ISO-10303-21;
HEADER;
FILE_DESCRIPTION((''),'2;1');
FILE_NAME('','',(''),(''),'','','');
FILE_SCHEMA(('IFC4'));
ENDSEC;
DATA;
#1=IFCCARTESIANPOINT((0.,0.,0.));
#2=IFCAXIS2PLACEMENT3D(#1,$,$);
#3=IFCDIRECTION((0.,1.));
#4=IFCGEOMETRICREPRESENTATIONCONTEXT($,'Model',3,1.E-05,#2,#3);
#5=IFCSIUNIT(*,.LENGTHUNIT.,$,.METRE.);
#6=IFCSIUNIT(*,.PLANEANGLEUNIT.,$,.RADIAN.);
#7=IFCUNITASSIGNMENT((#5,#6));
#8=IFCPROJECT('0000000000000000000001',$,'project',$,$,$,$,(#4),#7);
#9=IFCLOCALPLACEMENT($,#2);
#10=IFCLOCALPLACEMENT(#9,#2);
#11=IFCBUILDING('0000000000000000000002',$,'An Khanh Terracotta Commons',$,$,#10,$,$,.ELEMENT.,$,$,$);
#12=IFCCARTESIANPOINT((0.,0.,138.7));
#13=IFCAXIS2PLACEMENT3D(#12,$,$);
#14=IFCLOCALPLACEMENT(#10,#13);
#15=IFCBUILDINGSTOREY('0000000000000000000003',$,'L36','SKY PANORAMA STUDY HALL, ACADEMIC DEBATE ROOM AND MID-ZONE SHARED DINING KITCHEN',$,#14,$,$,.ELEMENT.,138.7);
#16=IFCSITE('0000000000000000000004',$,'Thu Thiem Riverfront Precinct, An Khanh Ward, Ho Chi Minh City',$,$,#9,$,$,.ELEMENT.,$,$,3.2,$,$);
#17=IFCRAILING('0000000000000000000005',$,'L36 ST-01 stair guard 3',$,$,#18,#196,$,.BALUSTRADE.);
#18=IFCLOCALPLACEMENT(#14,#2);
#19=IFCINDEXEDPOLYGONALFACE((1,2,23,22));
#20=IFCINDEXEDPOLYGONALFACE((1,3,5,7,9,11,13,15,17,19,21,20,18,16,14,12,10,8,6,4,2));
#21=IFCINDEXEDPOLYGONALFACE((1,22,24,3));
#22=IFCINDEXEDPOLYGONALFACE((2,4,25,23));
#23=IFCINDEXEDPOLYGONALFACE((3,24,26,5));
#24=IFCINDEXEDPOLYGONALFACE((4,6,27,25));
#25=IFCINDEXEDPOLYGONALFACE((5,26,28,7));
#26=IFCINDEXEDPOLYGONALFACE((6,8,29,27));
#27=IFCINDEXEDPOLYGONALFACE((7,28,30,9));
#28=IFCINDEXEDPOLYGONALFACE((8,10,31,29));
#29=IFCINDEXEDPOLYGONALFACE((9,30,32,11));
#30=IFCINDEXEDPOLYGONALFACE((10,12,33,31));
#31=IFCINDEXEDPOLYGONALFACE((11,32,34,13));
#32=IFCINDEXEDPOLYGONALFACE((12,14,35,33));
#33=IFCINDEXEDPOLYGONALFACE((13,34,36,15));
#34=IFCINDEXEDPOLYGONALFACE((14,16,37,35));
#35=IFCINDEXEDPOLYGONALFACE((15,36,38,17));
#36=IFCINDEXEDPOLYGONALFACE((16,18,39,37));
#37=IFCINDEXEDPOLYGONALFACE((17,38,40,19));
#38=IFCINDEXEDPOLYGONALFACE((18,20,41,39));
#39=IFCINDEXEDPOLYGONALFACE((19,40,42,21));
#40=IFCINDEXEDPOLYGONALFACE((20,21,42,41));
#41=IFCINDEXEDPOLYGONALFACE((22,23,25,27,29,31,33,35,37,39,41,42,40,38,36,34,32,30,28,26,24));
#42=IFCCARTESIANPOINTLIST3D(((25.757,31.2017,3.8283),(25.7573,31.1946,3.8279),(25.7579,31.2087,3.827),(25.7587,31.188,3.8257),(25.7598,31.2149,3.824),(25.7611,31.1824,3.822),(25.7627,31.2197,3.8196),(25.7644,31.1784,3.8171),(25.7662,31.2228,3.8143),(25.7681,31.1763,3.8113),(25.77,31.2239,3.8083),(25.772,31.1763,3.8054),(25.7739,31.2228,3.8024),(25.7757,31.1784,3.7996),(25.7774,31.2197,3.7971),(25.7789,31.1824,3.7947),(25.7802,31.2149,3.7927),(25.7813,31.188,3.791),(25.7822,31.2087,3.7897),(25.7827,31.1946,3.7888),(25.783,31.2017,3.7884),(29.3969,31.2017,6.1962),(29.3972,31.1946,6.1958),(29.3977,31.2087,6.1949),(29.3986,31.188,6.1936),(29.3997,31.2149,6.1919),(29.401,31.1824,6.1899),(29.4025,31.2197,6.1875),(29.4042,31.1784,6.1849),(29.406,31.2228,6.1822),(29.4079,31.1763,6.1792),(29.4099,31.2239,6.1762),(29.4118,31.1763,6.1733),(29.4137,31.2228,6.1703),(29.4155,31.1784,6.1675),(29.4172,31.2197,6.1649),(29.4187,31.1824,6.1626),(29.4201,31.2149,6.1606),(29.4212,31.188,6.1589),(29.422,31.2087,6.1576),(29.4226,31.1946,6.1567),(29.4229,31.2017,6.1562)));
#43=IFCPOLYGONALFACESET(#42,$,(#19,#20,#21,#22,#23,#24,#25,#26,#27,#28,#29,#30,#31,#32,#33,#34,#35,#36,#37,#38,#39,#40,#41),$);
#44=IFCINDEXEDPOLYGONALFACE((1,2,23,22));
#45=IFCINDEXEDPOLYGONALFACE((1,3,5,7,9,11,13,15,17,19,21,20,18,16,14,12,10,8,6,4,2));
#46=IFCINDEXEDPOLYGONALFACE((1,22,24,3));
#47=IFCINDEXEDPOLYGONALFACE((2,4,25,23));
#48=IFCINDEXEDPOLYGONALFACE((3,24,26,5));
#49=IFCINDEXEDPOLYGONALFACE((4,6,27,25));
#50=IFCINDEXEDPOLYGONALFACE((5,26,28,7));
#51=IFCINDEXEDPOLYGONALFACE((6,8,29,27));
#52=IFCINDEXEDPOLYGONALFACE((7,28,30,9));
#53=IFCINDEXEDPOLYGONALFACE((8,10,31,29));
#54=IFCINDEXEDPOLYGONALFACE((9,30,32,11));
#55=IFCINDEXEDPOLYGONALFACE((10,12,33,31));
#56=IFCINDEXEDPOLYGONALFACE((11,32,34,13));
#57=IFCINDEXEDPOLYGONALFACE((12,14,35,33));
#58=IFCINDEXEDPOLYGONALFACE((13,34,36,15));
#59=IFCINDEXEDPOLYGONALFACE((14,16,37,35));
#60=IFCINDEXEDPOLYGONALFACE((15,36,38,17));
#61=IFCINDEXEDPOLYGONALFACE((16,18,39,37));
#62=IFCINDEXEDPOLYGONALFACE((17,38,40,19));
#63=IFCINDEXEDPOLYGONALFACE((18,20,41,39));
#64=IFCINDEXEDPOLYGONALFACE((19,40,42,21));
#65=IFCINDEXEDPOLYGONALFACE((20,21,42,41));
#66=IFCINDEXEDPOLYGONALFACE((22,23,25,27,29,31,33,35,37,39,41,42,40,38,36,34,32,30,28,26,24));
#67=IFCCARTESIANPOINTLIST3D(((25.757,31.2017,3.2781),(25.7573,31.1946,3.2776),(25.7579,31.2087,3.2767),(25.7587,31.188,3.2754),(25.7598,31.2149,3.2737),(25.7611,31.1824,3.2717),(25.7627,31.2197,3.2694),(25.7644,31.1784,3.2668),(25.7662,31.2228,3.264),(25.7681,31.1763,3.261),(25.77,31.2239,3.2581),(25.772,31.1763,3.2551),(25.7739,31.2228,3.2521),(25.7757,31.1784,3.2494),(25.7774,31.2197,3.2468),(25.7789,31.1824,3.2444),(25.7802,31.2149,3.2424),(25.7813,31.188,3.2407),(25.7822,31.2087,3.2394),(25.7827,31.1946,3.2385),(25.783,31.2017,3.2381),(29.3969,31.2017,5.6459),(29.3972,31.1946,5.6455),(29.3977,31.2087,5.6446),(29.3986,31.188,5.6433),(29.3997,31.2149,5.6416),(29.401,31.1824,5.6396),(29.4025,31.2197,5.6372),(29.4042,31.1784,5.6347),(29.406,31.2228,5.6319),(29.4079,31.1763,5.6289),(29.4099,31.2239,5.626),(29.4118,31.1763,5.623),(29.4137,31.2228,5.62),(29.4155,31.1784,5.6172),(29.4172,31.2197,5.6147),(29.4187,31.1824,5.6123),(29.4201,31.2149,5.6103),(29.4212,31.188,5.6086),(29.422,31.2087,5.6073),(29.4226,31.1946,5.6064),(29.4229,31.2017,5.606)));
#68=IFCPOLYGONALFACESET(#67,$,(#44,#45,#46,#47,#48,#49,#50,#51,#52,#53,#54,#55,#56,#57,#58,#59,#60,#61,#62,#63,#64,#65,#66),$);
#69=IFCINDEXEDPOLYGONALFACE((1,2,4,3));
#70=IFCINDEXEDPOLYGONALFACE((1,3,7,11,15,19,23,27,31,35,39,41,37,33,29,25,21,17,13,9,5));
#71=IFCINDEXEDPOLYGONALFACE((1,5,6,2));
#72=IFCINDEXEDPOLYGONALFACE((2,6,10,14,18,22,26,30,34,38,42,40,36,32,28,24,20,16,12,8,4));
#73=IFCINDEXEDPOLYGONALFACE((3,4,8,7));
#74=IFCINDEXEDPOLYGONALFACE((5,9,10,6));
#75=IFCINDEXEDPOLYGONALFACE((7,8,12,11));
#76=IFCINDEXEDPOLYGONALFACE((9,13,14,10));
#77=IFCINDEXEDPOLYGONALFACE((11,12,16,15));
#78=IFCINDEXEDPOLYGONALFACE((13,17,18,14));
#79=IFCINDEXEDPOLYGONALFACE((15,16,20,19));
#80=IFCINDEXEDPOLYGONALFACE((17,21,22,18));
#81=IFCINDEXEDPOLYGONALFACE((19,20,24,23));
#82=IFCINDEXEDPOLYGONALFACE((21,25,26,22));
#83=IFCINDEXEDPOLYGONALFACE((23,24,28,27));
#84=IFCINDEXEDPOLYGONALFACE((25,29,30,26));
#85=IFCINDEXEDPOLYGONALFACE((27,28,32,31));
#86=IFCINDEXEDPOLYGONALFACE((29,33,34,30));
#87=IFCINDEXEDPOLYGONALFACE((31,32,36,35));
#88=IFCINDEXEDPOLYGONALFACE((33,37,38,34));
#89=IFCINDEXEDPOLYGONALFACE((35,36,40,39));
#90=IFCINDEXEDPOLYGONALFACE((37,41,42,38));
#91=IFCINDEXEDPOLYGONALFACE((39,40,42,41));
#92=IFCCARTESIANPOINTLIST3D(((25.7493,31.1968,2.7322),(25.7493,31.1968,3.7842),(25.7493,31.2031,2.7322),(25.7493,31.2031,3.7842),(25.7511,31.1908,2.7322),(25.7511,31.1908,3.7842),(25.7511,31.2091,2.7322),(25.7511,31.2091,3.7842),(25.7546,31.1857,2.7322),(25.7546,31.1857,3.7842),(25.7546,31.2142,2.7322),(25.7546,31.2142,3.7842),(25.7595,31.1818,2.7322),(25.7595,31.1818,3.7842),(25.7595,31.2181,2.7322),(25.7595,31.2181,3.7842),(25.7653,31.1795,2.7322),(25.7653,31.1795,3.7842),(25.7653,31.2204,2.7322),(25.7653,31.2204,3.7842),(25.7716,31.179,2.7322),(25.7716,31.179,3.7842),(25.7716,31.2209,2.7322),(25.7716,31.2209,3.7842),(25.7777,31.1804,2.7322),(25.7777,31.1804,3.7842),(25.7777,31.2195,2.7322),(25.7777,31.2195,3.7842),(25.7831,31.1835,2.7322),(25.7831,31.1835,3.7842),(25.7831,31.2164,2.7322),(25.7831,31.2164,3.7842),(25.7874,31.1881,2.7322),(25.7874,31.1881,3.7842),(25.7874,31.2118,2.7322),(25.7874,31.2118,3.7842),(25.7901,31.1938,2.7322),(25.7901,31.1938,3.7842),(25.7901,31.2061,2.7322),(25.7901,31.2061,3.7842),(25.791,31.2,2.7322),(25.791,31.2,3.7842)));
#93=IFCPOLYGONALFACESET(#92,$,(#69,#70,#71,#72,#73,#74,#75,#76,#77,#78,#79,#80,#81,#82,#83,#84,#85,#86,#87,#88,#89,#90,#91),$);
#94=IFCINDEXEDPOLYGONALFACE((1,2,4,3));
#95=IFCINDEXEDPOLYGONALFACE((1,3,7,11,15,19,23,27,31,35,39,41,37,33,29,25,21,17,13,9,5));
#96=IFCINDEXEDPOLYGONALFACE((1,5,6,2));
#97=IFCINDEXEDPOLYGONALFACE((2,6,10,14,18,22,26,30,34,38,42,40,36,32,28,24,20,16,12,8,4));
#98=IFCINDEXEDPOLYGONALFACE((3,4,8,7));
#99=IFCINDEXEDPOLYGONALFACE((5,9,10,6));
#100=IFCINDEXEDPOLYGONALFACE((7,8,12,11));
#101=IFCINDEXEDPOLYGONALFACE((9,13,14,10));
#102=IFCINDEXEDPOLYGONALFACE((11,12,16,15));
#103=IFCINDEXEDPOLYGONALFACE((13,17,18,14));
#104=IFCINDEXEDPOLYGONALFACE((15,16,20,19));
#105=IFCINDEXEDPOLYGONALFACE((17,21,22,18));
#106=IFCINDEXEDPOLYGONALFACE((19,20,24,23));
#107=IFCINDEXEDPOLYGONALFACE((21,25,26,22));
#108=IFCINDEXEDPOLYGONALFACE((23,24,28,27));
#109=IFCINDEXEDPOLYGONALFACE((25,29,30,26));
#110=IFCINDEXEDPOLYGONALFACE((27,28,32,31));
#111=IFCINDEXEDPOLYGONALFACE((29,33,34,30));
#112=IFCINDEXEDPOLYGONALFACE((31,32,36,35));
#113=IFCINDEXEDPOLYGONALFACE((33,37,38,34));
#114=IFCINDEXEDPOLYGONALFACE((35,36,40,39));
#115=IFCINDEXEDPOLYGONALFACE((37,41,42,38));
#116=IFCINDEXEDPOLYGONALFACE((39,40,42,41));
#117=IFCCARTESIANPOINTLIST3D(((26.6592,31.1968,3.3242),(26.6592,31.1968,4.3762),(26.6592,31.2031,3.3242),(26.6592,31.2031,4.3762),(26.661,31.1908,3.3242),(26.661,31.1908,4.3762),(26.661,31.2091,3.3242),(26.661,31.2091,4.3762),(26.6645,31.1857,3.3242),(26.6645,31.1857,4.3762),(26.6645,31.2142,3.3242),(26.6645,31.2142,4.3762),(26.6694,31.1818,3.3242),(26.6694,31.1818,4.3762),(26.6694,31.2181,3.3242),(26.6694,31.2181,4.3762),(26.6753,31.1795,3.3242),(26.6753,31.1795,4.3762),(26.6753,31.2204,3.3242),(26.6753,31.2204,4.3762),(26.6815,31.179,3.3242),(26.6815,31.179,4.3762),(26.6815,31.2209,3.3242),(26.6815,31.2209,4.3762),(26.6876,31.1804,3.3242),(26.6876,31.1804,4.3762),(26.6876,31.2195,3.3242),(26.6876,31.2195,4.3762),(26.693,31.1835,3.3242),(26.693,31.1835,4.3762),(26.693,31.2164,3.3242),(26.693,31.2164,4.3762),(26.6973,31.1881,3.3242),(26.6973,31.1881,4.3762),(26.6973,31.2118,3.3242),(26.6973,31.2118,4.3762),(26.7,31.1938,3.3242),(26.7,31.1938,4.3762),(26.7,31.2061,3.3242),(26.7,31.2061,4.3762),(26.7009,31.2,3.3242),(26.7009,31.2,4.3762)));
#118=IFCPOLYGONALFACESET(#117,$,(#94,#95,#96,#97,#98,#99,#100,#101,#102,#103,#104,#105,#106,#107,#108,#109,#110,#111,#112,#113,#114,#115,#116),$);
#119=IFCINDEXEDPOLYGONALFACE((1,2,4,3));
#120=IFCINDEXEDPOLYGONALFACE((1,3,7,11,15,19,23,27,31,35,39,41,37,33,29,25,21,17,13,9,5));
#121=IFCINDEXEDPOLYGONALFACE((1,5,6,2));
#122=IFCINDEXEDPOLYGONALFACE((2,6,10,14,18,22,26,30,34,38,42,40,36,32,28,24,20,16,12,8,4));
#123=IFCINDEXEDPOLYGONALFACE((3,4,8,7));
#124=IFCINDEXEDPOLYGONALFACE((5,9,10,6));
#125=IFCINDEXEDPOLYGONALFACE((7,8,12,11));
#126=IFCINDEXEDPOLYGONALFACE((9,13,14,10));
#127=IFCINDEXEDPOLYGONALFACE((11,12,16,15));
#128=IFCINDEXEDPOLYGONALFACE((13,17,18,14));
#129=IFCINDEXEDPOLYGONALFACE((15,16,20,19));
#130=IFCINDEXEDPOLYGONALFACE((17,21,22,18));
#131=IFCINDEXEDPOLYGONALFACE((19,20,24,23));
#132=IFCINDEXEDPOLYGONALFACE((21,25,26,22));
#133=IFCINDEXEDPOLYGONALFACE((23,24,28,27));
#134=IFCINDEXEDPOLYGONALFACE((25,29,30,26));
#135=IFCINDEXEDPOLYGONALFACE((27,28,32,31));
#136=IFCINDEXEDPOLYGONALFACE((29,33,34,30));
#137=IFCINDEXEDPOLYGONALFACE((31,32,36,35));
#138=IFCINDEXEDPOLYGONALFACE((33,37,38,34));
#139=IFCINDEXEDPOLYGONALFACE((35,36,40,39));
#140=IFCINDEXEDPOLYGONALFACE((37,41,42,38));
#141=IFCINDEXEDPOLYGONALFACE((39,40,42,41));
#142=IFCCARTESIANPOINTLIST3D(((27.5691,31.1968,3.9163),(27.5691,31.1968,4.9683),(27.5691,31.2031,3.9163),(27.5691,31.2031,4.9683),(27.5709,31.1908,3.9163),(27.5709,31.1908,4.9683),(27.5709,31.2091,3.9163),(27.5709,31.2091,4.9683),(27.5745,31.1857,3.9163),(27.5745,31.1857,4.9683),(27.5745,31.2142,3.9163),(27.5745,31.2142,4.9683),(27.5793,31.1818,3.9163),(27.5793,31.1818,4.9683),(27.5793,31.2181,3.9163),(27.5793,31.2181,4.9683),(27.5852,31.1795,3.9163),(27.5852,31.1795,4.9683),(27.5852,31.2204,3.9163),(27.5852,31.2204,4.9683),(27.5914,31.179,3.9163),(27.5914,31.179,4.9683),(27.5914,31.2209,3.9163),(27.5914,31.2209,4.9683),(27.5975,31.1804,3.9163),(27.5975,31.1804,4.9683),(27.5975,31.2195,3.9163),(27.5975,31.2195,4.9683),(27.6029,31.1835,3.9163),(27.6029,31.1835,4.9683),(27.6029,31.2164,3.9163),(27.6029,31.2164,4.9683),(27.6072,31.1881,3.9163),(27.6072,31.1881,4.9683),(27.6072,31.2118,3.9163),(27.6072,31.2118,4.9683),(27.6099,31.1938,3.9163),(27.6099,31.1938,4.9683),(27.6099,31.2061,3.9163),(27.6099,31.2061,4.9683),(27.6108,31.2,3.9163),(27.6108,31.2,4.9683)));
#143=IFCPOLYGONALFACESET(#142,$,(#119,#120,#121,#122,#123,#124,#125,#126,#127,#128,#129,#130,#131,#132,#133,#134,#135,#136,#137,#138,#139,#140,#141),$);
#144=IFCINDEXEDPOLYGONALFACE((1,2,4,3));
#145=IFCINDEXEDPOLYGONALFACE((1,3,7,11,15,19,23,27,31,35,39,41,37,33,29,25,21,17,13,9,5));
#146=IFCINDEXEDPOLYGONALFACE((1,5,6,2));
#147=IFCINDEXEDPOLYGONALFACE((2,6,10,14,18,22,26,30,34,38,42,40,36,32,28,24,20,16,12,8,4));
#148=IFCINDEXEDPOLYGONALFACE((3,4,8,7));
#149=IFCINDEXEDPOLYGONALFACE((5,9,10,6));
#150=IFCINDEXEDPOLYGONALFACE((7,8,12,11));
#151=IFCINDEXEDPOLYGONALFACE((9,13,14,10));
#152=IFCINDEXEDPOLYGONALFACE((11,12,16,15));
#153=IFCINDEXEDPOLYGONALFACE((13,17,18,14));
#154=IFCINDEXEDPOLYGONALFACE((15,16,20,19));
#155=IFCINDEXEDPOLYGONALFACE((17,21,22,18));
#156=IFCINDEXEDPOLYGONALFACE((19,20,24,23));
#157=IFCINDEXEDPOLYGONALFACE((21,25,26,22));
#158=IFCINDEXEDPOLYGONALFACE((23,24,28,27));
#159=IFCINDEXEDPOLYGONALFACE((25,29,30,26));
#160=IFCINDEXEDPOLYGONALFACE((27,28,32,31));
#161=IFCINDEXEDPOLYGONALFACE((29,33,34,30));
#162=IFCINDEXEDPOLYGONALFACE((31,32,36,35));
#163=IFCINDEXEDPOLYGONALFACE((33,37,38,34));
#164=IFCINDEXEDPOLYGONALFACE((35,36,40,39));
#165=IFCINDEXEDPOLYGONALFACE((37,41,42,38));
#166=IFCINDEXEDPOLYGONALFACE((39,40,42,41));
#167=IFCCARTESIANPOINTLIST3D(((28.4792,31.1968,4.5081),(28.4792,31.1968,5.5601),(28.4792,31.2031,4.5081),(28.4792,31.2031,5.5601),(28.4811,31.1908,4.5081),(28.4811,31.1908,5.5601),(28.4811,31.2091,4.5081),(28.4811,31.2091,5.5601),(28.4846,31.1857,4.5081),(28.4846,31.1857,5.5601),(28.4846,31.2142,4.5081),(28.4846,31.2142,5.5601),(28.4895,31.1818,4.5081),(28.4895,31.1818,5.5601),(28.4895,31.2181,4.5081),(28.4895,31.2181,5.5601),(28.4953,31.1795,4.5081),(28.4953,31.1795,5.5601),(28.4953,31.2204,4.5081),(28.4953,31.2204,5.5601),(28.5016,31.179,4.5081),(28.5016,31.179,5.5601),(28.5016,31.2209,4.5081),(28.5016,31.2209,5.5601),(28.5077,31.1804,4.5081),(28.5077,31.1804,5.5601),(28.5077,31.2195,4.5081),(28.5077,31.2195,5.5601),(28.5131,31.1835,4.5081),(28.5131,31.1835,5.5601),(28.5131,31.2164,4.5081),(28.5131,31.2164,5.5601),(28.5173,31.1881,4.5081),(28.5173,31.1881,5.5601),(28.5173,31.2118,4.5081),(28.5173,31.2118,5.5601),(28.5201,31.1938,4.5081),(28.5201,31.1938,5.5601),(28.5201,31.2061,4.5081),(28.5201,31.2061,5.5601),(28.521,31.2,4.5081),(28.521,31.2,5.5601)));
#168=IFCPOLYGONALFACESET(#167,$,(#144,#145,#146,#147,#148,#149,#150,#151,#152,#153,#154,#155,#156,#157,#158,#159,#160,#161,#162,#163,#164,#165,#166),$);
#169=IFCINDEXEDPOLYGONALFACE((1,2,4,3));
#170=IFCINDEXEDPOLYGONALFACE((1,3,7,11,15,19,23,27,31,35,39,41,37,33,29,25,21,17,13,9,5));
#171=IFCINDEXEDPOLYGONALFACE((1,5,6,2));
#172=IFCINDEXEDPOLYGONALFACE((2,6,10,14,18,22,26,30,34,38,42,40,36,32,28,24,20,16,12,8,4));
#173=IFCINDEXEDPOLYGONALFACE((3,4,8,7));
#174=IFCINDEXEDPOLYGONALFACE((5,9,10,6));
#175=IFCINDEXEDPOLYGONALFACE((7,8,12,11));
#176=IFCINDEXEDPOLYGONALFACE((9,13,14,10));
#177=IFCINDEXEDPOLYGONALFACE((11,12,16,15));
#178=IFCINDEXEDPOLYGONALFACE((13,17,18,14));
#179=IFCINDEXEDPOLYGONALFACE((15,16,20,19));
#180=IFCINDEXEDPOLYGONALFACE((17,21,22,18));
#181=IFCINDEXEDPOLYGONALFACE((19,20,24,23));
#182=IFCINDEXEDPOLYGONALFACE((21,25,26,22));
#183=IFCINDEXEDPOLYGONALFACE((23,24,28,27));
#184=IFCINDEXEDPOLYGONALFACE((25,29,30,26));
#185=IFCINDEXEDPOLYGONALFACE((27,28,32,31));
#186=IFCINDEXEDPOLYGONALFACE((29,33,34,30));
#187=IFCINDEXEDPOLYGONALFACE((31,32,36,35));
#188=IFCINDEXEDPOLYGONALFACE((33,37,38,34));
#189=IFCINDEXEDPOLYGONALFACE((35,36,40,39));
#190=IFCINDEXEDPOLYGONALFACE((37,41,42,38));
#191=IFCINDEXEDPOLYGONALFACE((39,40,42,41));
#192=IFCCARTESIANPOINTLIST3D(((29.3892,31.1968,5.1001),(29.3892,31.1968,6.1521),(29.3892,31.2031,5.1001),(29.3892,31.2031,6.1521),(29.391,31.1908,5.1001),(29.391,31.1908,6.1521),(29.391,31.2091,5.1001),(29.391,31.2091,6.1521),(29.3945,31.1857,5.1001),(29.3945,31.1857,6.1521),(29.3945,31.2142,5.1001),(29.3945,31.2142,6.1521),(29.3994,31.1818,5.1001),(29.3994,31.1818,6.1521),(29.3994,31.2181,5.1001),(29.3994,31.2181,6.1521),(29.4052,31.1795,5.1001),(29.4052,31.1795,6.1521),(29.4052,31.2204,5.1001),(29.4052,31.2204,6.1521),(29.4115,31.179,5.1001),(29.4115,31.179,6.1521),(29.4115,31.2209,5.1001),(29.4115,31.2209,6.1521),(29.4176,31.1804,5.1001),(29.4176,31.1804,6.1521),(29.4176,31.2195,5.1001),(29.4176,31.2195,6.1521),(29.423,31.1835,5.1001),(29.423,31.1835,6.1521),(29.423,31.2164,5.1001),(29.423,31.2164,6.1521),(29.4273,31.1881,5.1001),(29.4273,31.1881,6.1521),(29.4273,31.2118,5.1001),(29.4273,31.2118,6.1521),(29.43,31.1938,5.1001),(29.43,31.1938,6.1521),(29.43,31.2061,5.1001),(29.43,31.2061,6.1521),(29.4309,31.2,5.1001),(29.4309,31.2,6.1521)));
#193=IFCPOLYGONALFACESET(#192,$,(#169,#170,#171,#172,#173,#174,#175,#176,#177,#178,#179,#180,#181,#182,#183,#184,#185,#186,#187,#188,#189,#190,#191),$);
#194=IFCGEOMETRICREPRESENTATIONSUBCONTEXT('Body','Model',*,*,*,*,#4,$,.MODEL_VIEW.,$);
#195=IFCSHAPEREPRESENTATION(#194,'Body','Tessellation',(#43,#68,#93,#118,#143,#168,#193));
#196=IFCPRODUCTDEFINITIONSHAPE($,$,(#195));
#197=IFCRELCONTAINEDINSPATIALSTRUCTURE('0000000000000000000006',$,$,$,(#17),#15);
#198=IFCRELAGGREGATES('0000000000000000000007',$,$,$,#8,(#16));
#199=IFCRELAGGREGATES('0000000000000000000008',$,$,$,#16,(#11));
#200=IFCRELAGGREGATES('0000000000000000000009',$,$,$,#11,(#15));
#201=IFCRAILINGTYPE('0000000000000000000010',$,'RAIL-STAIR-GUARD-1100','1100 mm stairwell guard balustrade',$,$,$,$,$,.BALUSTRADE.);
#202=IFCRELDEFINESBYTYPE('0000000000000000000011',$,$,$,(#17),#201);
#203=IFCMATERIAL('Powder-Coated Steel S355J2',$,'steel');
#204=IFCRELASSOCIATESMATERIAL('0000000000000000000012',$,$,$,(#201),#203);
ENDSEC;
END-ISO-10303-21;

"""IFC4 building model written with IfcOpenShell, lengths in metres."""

from ifc_helpers import new_model, si_unit, direction, frame, origin, origin_2d, place, context, subcontext, project, spatial, circle, extrude, material, type_object, element, save


model = new_model("IFC4")

# Units and contexts
model_context = context("Model", 3, precision=1e-05, world=origin(), true_north=direction((0.0, 1.0)))
body_context = subcontext(model_context, "Body", "Model", "MODEL_VIEW")
ifc_project = project(units=[si_unit("LENGTHUNIT", "METRE"), si_unit("PLANEANGLEUNIT", "RADIAN")], contexts=[model_context])

# Site, building, storey
site_placement = place(None, origin())
site = spatial("IfcSite", under=ifc_project, at=site_placement, Name="Thu Thiem Riverfront Precinct, An Khanh Ward, Ho Chi Minh City", CompositionType="ELEMENT", RefElevation=3.2)
building_placement = place(site_placement, origin())
building = spatial("IfcBuilding", under=site, at=building_placement, Name="An Khanh Terracotta Commons", CompositionType="ELEMENT")
storey_placement = place(building_placement, frame((0.0, 0.0, 138.7)))
storey = spatial("IfcBuildingStorey", under=building, at=storey_placement, Name="L36", Description="SKY PANORAMA STUDY HALL, ACADEMIC DEBATE ROOM AND MID-ZONE SHARED DINING KITCHEN", CompositionType="ELEMENT", Elevation=138.7)

# Railing
ifc_material_1 = material(Name="Powder-Coated Steel S355J2", Category="steel")
railing_type_1 = type_object("IfcRailingType", Name="RAIL-STAIR-GUARD-1100", Description="1100 mm stairwell guard balustrade", PredefinedType="BALUSTRADE", material=ifc_material_1)
railing_1_placement = place(storey_placement, frame((25.77, 31.2, 2.7322)))
element("IfcRailing", 1, at=railing_1_placement, inside=storey, type_object=railing_type_1, Name="L36 ST-01 stair guard 3", PredefinedType="BALUSTRADE", context=body_context, shape_type="SweptSolid", body=[
    extrude(circle(Radius=0.0239, at=origin_2d()), frame((0.0, 0.0, 1.0762), z_axis=(0.838234, 0.0, 0.54531), x_axis=(0.0, 1.0, 0.0)), (0.0, 0.0, 1.0), 4.3423),
    extrude(circle(Radius=0.0239, at=origin_2d()), frame((0.0, 0.0, 0.5259), z_axis=(0.838234, 0.0, 0.54531), x_axis=(0.0, 1.0, 0.0)), (0.0, 0.0, 1.0), 4.3423),
    extrude(circle(Radius=0.021, at=origin_2d()), origin(), (0.0, 0.0, 1.0), 1.052),
    extrude(circle(Radius=0.021, at=origin_2d()), frame((0.9099, 0.0, 0.592)), (0.0, 0.0, 1.0), 1.052),
    extrude(circle(Radius=0.021, at=origin_2d()), frame((1.8198, 0.0, 1.1841)), (0.0, 0.0, 1.0), 1.052),
    extrude(circle(Radius=0.021, at=origin_2d()), frame((2.73, 0.0, 1.7759)), (0.0, 0.0, 1.0), 1.052),
    extrude(circle(Radius=0.021, at=origin_2d()), frame((3.6399, 0.0, 2.3679)), (0.0, 0.0, 1.0), 1.052),
])

save(model, "model.ifc")
